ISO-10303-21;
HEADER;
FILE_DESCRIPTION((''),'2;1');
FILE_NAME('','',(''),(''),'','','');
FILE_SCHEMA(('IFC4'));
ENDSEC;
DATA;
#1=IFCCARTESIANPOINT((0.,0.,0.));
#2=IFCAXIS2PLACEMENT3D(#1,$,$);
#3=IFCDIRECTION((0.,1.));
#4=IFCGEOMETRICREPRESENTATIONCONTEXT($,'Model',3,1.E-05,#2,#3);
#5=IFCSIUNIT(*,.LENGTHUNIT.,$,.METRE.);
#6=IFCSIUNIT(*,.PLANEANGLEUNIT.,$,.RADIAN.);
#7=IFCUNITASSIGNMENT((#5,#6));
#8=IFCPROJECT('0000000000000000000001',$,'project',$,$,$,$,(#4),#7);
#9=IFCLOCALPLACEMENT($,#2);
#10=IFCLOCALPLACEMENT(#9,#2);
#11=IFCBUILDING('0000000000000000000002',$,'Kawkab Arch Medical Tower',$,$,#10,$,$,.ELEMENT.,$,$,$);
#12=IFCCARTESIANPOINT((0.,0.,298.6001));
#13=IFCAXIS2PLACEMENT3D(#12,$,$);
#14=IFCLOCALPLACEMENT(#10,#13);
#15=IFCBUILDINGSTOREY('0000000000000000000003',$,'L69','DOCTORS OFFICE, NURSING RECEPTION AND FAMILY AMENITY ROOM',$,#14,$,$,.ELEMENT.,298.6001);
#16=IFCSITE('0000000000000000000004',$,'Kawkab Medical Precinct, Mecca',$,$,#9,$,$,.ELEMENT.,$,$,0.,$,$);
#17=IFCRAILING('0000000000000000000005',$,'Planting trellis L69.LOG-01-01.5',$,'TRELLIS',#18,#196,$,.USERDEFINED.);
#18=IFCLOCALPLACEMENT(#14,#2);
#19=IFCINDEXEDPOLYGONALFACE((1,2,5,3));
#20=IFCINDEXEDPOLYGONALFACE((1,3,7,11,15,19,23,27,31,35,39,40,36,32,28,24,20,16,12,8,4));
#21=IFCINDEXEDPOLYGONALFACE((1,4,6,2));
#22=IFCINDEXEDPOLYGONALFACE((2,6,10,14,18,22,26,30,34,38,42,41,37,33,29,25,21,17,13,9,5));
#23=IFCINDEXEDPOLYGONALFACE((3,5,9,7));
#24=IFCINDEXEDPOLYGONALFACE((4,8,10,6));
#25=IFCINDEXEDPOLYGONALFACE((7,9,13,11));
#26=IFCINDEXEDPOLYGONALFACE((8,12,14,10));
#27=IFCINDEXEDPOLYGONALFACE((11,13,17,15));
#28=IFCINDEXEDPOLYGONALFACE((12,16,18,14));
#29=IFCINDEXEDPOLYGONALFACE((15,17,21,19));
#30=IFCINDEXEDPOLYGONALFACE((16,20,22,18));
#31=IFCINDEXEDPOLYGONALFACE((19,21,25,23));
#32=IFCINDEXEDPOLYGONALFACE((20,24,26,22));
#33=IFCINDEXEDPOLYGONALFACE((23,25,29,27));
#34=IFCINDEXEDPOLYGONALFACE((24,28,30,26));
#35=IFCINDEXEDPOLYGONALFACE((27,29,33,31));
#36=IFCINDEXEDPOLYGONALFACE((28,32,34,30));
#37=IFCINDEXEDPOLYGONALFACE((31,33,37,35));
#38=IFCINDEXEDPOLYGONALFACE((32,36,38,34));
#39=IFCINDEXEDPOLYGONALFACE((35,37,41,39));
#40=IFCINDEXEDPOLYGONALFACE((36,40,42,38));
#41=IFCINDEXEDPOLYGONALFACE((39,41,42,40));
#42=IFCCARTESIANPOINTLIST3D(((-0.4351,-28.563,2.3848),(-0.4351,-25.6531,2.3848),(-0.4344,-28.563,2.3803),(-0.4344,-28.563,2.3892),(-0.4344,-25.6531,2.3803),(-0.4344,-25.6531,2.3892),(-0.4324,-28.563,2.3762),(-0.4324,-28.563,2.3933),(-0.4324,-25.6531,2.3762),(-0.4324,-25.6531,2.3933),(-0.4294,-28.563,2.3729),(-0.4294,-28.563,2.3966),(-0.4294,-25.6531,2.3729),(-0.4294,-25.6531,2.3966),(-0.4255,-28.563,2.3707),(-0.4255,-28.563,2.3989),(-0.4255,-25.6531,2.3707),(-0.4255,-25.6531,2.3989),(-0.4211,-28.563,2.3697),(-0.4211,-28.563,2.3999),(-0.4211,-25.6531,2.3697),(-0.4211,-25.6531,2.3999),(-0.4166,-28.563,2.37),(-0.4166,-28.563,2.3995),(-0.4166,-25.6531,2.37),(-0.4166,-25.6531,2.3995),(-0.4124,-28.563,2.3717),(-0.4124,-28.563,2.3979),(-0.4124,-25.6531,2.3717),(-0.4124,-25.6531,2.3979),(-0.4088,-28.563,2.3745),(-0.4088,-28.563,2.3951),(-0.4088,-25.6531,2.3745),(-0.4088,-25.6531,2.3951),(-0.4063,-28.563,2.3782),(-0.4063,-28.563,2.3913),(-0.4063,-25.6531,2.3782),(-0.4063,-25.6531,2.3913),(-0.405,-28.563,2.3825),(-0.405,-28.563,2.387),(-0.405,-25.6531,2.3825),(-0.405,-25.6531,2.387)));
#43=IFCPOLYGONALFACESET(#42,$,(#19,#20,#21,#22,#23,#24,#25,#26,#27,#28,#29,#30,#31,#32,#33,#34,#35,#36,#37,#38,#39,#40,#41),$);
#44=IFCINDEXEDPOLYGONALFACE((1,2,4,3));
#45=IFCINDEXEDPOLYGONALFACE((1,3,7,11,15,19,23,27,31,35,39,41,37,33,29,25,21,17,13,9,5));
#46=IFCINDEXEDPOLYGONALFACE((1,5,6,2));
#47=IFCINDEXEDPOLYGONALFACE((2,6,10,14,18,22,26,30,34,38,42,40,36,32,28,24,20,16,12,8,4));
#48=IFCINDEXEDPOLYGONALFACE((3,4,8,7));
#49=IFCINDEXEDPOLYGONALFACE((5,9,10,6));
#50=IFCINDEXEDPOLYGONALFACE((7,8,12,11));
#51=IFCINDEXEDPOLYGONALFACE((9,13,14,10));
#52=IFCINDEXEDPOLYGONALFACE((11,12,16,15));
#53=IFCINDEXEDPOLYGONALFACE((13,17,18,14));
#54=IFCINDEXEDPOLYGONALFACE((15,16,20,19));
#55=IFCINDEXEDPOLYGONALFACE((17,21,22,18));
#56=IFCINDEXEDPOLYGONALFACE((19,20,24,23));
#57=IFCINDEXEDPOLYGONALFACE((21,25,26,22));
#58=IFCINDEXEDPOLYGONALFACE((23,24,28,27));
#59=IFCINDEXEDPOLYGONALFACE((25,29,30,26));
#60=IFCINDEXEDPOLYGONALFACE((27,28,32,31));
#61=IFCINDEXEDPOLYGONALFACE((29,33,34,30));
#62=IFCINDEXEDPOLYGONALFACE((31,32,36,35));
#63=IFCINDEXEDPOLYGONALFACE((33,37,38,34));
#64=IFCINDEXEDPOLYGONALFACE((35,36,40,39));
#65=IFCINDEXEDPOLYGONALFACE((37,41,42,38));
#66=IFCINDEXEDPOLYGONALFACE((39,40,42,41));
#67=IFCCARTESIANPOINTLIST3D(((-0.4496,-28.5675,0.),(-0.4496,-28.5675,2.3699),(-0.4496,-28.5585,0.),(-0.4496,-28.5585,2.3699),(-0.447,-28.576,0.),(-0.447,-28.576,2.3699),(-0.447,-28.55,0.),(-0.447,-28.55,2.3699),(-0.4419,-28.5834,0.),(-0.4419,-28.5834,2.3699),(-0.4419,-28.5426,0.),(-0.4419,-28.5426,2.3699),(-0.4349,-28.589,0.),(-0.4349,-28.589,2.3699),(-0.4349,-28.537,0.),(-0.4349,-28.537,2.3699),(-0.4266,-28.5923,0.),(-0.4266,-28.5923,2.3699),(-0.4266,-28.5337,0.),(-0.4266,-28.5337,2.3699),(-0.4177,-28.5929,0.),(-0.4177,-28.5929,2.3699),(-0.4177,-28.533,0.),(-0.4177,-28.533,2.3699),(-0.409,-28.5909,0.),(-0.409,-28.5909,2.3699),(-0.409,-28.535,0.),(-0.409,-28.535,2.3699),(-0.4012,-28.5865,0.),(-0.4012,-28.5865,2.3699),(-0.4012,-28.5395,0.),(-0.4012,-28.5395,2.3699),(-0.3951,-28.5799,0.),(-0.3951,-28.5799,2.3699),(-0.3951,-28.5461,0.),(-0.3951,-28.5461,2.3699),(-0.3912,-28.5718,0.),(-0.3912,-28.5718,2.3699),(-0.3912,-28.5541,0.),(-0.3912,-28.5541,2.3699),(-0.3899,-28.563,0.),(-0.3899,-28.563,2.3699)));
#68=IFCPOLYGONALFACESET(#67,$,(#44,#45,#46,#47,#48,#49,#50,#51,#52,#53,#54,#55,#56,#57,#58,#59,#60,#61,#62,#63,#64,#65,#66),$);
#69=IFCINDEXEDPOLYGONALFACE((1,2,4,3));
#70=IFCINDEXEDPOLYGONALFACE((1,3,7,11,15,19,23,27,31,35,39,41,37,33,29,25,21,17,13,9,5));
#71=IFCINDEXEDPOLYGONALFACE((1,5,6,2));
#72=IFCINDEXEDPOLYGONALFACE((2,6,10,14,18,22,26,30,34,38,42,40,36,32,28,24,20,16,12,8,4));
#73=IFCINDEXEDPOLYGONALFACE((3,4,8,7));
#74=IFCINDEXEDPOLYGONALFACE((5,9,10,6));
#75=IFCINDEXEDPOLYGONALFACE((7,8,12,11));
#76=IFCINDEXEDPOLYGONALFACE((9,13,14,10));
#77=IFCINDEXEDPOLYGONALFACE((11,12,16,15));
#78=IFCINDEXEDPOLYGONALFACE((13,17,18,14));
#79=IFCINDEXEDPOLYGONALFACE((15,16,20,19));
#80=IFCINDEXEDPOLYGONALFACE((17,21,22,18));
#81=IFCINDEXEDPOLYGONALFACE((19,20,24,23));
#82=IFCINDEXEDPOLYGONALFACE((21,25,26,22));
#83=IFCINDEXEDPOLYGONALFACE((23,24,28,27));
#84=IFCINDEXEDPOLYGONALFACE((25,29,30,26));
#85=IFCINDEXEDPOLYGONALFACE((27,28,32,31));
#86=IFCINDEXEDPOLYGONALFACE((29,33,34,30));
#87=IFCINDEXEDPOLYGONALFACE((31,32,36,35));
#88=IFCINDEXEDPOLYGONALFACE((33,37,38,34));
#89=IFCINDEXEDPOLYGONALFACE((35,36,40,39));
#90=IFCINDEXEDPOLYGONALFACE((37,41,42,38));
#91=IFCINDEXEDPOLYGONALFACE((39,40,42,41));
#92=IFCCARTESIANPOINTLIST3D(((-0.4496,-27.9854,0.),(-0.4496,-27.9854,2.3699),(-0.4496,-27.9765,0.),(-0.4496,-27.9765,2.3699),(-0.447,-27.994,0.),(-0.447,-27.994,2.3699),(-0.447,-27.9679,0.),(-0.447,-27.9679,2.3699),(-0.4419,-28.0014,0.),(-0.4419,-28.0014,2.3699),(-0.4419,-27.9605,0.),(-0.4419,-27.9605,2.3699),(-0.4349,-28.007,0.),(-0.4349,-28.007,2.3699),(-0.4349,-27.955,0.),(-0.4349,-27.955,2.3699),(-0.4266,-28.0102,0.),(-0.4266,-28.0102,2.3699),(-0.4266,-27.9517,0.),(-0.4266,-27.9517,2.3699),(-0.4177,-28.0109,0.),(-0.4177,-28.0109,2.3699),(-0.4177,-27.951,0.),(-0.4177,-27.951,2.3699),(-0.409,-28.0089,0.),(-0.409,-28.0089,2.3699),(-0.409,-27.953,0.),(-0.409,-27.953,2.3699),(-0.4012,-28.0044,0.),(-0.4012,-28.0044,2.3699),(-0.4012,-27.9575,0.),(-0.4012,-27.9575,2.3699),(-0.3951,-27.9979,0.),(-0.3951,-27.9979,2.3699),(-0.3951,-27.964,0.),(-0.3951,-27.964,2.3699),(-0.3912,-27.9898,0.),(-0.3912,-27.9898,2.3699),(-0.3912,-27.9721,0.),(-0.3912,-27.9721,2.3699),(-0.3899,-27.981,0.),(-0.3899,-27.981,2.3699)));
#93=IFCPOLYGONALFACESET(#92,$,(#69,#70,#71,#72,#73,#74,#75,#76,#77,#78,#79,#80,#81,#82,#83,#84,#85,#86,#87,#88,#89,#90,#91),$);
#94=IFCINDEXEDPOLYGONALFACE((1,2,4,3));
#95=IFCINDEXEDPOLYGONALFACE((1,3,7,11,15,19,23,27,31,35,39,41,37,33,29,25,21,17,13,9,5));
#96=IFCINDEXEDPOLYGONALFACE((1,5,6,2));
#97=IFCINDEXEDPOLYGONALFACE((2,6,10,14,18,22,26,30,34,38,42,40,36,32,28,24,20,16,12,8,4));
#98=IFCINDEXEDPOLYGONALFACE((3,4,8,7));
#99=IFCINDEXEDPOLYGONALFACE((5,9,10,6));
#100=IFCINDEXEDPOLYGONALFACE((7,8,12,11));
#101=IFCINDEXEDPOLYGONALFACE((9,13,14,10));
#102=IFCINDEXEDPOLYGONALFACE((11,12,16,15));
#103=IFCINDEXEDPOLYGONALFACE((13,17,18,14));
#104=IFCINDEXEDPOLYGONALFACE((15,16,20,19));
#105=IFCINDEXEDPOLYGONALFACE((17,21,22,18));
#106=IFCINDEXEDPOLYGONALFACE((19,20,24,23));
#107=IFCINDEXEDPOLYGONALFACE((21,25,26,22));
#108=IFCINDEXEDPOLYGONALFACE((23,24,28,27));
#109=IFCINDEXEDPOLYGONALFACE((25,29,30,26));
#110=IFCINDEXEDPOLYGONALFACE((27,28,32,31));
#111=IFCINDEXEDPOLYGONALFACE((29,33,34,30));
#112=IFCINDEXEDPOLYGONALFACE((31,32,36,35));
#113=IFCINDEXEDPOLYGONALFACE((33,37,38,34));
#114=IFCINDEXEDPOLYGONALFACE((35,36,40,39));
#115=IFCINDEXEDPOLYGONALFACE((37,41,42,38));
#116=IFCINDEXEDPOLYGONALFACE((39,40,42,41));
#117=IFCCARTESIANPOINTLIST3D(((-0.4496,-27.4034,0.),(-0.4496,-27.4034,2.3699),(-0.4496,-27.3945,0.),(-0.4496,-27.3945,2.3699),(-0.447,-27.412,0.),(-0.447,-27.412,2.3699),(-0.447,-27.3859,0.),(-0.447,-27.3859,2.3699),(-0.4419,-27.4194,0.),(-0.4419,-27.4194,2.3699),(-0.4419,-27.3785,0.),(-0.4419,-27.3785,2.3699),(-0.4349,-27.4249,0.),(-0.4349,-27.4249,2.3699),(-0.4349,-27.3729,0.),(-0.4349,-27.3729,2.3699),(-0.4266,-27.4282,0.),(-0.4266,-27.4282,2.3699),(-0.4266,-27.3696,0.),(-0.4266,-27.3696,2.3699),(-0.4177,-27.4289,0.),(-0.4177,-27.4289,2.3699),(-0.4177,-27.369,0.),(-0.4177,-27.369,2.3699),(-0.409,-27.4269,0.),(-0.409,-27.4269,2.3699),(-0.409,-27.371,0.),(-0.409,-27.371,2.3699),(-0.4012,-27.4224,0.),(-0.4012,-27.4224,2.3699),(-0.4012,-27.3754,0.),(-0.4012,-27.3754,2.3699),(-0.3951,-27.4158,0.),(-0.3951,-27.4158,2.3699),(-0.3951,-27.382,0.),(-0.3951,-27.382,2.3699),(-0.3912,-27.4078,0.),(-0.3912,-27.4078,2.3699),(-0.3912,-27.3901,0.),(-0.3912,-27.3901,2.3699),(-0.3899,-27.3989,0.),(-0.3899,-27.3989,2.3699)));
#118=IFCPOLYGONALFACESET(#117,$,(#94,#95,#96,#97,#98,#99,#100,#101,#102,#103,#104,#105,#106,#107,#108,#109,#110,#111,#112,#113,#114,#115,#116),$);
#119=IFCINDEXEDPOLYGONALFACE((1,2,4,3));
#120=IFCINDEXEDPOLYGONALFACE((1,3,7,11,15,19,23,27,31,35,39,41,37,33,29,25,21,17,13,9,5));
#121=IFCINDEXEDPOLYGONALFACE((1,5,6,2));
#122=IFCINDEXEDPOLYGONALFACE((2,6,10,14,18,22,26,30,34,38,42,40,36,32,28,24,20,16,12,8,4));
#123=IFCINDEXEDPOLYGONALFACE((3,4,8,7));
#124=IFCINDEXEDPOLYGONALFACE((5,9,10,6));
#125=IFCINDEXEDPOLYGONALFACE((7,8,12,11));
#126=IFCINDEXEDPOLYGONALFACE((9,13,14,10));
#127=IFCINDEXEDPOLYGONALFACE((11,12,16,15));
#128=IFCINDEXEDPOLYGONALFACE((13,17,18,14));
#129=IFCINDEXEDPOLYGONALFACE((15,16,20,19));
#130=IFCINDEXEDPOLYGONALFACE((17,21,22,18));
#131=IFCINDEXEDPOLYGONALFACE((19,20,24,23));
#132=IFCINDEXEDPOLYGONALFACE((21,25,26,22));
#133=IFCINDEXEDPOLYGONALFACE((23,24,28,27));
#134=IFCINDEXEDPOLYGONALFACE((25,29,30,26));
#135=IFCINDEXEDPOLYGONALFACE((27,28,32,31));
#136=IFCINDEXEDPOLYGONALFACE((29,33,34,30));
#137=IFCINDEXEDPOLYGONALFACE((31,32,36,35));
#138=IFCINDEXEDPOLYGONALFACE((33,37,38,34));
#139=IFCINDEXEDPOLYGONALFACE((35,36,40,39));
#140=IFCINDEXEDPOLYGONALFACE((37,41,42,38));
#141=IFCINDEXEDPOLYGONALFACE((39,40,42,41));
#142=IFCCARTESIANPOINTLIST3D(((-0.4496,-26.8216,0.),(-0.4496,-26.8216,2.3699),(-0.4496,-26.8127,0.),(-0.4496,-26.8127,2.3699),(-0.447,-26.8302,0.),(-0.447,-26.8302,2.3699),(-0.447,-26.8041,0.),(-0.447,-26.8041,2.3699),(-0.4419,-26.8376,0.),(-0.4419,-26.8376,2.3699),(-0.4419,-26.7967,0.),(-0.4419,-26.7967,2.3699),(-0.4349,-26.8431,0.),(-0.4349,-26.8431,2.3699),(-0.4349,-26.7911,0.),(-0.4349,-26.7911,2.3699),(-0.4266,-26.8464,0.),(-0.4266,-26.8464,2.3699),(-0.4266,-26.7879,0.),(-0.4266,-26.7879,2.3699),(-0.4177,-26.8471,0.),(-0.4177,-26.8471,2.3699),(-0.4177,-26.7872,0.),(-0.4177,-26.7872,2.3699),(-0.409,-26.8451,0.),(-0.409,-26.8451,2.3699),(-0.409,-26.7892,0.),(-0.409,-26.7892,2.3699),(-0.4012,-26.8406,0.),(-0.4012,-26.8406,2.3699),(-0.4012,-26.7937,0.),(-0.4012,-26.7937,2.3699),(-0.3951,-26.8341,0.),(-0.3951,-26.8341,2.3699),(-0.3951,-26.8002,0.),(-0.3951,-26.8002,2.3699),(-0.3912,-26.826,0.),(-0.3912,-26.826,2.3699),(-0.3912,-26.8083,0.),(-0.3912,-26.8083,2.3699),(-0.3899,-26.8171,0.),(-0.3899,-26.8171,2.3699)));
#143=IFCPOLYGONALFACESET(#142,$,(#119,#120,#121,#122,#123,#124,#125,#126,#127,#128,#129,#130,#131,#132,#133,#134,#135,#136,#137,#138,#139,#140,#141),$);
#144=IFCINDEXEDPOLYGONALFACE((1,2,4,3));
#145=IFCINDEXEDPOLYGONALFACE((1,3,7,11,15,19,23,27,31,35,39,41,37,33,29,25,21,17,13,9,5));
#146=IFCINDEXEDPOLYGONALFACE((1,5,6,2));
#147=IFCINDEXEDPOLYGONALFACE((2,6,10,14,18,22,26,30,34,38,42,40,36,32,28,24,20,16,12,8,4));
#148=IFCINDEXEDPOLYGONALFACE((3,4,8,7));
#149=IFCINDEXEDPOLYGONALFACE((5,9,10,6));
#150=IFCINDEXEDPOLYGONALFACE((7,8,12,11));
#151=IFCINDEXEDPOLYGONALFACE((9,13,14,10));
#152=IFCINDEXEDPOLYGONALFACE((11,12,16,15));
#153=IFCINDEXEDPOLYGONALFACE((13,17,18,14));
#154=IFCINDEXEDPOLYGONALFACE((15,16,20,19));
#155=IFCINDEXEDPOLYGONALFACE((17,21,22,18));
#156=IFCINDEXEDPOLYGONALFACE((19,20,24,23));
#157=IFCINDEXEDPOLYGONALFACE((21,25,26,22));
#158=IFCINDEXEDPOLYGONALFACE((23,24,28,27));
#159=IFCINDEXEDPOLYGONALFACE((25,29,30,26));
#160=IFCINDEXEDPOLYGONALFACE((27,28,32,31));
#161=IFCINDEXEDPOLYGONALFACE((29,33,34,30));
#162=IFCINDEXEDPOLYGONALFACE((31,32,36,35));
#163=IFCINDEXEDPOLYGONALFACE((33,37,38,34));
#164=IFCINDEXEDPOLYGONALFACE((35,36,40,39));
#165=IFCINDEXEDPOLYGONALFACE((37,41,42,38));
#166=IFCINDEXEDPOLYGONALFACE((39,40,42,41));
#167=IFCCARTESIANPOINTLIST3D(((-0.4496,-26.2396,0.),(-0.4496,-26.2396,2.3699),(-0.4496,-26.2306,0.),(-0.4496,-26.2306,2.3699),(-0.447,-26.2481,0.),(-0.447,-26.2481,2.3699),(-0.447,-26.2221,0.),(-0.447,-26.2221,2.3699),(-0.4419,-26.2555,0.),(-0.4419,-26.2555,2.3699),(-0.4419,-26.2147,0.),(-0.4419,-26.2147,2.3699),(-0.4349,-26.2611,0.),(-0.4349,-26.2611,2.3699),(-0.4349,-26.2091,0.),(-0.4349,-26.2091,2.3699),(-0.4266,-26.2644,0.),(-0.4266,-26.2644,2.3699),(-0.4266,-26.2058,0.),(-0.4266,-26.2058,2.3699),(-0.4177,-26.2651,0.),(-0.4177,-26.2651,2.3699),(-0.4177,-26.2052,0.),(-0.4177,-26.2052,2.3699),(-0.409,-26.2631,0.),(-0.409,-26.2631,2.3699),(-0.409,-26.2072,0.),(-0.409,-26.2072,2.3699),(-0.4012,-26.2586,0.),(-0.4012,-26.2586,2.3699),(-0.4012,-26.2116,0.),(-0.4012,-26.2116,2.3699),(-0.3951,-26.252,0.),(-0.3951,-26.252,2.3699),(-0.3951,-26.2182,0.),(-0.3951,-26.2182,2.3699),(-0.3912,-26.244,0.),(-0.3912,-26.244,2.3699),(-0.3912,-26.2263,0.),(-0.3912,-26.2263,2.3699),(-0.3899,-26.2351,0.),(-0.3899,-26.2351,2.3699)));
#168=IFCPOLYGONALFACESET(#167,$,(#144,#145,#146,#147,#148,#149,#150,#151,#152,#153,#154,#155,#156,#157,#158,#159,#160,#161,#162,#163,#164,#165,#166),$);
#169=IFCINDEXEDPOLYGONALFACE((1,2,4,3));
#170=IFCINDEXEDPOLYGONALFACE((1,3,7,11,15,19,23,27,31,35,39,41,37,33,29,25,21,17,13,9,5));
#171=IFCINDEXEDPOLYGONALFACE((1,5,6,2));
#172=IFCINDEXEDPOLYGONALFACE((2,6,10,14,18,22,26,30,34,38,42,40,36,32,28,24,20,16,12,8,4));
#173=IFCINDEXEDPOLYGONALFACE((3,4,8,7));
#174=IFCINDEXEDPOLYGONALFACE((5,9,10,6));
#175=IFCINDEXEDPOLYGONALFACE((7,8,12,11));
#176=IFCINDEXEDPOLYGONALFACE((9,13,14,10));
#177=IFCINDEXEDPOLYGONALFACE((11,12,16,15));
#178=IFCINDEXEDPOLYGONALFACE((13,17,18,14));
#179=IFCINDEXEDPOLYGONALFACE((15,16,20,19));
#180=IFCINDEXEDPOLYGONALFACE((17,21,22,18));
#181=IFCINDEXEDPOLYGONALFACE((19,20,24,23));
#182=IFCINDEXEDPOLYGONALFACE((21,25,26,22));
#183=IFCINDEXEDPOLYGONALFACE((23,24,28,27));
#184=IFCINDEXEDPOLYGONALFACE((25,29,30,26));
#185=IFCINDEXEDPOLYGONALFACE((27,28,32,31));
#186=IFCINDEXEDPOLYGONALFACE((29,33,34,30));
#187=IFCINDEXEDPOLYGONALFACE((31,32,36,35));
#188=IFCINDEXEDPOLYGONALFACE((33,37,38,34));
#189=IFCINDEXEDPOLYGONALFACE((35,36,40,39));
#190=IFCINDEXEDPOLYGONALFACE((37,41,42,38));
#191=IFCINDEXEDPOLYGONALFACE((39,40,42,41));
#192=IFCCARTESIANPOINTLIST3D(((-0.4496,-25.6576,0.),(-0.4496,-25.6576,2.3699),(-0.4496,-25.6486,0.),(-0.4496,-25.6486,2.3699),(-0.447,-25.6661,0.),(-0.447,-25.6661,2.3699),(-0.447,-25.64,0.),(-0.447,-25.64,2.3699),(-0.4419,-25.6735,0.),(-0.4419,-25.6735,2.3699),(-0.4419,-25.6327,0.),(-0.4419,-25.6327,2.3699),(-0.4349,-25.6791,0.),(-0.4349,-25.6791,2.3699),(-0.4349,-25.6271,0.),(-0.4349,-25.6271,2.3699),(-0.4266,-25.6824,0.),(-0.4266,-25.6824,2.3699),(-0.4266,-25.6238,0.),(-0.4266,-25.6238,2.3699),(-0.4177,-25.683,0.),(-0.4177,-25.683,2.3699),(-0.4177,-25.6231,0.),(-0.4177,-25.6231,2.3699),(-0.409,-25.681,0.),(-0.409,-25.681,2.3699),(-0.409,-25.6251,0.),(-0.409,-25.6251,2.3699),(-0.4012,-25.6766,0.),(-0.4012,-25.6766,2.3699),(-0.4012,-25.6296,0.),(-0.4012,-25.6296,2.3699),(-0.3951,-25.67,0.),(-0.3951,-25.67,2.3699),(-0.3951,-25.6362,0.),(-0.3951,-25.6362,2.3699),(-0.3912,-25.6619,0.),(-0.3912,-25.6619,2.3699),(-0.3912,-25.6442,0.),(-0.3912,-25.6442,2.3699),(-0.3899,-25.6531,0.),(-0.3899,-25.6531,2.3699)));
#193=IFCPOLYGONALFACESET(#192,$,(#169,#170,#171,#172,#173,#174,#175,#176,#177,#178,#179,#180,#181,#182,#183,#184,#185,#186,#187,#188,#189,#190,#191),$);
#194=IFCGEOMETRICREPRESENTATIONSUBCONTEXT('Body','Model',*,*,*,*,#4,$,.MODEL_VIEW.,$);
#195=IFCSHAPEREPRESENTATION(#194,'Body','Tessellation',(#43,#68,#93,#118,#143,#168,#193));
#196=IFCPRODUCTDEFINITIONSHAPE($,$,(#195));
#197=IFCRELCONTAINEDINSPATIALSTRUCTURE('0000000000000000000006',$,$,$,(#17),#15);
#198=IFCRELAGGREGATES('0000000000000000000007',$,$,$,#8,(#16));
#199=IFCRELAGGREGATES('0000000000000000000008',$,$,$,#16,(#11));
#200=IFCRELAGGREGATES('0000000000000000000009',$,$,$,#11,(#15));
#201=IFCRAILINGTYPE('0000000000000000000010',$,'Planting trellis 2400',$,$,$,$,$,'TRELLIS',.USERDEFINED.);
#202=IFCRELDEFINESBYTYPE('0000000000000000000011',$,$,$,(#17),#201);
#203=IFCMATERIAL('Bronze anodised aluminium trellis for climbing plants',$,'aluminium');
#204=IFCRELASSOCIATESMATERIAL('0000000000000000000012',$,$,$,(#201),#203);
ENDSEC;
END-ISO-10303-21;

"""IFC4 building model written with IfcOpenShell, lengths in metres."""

from ifc_helpers import new_model, si_unit, direction, frame, origin, origin_2d, place, context, subcontext, project, spatial, circle, extrude, material, type_object, element, save


model = new_model("IFC4")

# Units and contexts
model_context = context("Model", 3, precision=1e-05, world=origin(), true_north=direction((0.0, 1.0)))
body_context = subcontext(model_context, "Body", "Model", "MODEL_VIEW")
ifc_project = project(units=[si_unit("LENGTHUNIT", "METRE"), si_unit("PLANEANGLEUNIT", "RADIAN")], contexts=[model_context])

# Site, building, storey
site_placement = place(None, origin())
site = spatial("IfcSite", under=ifc_project, at=site_placement, Name="Kawkab Medical Precinct, Mecca", CompositionType="ELEMENT", RefElevation=0.0)
building_placement = place(site_placement, origin())
building = spatial("IfcBuilding", under=site, at=building_placement, Name="Kawkab Arch Medical Tower", CompositionType="ELEMENT")
storey_placement = place(building_placement, frame((0.0, 0.0, 298.6001)))
storey = spatial("IfcBuildingStorey", under=building, at=storey_placement, Name="L69", Description="DOCTORS OFFICE, NURSING RECEPTION AND FAMILY AMENITY ROOM", CompositionType="ELEMENT", Elevation=298.6001)

# Railing
ifc_material_1 = material(Name="Bronze anodised aluminium trellis for climbing plants", Category="aluminium")
railing_type_1 = type_object("IfcRailingType", Name="Planting trellis 2400", ElementType="TRELLIS", PredefinedType="USERDEFINED", material=ifc_material_1)
railing_1_placement = place(storey_placement, frame((-0.4199, -28.563, 0.0)))
element("IfcRailing", 1, at=railing_1_placement, inside=storey, type_object=railing_type_1, Name="Planting trellis L69.LOG-01-01.5", ObjectType="TRELLIS", PredefinedType="USERDEFINED", context=body_context, shape_type="SweptSolid", body=[
    extrude(circle(Radius=0.0151, at=origin_2d()), frame((0.0, 0.0, 2.3848), z_axis=(0.0, 1.0, 0.0), x_axis=(-1.0, 0.0, 0.0)), (0.0, 0.0, 1.0), 2.9099),
    extrude(circle(Radius=0.03, at=origin_2d()), origin(), (0.0, 0.0, 1.0), 2.3699),
    extrude(circle(Radius=0.03, at=origin_2d()), frame((0.0, 0.582, 0.0)), (0.0, 0.0, 1.0), 2.3699),
    extrude(circle(Radius=0.03, at=origin_2d()), frame((0.0, 1.1641, 0.0)), (0.0, 0.0, 1.0), 2.3699),
    extrude(circle(Radius=0.03, at=origin_2d()), frame((0.0, 1.7458, 0.0)), (0.0, 0.0, 1.0), 2.3699),
    extrude(circle(Radius=0.03, at=origin_2d()), frame((0.0, 2.3279, 0.0)), (0.0, 0.0, 1.0), 2.3699),
    extrude(circle(Radius=0.03, at=origin_2d()), frame((0.0, 2.9099, 0.0)), (0.0, 0.0, 1.0), 2.3699),
])

save(model, "model.ifc")
